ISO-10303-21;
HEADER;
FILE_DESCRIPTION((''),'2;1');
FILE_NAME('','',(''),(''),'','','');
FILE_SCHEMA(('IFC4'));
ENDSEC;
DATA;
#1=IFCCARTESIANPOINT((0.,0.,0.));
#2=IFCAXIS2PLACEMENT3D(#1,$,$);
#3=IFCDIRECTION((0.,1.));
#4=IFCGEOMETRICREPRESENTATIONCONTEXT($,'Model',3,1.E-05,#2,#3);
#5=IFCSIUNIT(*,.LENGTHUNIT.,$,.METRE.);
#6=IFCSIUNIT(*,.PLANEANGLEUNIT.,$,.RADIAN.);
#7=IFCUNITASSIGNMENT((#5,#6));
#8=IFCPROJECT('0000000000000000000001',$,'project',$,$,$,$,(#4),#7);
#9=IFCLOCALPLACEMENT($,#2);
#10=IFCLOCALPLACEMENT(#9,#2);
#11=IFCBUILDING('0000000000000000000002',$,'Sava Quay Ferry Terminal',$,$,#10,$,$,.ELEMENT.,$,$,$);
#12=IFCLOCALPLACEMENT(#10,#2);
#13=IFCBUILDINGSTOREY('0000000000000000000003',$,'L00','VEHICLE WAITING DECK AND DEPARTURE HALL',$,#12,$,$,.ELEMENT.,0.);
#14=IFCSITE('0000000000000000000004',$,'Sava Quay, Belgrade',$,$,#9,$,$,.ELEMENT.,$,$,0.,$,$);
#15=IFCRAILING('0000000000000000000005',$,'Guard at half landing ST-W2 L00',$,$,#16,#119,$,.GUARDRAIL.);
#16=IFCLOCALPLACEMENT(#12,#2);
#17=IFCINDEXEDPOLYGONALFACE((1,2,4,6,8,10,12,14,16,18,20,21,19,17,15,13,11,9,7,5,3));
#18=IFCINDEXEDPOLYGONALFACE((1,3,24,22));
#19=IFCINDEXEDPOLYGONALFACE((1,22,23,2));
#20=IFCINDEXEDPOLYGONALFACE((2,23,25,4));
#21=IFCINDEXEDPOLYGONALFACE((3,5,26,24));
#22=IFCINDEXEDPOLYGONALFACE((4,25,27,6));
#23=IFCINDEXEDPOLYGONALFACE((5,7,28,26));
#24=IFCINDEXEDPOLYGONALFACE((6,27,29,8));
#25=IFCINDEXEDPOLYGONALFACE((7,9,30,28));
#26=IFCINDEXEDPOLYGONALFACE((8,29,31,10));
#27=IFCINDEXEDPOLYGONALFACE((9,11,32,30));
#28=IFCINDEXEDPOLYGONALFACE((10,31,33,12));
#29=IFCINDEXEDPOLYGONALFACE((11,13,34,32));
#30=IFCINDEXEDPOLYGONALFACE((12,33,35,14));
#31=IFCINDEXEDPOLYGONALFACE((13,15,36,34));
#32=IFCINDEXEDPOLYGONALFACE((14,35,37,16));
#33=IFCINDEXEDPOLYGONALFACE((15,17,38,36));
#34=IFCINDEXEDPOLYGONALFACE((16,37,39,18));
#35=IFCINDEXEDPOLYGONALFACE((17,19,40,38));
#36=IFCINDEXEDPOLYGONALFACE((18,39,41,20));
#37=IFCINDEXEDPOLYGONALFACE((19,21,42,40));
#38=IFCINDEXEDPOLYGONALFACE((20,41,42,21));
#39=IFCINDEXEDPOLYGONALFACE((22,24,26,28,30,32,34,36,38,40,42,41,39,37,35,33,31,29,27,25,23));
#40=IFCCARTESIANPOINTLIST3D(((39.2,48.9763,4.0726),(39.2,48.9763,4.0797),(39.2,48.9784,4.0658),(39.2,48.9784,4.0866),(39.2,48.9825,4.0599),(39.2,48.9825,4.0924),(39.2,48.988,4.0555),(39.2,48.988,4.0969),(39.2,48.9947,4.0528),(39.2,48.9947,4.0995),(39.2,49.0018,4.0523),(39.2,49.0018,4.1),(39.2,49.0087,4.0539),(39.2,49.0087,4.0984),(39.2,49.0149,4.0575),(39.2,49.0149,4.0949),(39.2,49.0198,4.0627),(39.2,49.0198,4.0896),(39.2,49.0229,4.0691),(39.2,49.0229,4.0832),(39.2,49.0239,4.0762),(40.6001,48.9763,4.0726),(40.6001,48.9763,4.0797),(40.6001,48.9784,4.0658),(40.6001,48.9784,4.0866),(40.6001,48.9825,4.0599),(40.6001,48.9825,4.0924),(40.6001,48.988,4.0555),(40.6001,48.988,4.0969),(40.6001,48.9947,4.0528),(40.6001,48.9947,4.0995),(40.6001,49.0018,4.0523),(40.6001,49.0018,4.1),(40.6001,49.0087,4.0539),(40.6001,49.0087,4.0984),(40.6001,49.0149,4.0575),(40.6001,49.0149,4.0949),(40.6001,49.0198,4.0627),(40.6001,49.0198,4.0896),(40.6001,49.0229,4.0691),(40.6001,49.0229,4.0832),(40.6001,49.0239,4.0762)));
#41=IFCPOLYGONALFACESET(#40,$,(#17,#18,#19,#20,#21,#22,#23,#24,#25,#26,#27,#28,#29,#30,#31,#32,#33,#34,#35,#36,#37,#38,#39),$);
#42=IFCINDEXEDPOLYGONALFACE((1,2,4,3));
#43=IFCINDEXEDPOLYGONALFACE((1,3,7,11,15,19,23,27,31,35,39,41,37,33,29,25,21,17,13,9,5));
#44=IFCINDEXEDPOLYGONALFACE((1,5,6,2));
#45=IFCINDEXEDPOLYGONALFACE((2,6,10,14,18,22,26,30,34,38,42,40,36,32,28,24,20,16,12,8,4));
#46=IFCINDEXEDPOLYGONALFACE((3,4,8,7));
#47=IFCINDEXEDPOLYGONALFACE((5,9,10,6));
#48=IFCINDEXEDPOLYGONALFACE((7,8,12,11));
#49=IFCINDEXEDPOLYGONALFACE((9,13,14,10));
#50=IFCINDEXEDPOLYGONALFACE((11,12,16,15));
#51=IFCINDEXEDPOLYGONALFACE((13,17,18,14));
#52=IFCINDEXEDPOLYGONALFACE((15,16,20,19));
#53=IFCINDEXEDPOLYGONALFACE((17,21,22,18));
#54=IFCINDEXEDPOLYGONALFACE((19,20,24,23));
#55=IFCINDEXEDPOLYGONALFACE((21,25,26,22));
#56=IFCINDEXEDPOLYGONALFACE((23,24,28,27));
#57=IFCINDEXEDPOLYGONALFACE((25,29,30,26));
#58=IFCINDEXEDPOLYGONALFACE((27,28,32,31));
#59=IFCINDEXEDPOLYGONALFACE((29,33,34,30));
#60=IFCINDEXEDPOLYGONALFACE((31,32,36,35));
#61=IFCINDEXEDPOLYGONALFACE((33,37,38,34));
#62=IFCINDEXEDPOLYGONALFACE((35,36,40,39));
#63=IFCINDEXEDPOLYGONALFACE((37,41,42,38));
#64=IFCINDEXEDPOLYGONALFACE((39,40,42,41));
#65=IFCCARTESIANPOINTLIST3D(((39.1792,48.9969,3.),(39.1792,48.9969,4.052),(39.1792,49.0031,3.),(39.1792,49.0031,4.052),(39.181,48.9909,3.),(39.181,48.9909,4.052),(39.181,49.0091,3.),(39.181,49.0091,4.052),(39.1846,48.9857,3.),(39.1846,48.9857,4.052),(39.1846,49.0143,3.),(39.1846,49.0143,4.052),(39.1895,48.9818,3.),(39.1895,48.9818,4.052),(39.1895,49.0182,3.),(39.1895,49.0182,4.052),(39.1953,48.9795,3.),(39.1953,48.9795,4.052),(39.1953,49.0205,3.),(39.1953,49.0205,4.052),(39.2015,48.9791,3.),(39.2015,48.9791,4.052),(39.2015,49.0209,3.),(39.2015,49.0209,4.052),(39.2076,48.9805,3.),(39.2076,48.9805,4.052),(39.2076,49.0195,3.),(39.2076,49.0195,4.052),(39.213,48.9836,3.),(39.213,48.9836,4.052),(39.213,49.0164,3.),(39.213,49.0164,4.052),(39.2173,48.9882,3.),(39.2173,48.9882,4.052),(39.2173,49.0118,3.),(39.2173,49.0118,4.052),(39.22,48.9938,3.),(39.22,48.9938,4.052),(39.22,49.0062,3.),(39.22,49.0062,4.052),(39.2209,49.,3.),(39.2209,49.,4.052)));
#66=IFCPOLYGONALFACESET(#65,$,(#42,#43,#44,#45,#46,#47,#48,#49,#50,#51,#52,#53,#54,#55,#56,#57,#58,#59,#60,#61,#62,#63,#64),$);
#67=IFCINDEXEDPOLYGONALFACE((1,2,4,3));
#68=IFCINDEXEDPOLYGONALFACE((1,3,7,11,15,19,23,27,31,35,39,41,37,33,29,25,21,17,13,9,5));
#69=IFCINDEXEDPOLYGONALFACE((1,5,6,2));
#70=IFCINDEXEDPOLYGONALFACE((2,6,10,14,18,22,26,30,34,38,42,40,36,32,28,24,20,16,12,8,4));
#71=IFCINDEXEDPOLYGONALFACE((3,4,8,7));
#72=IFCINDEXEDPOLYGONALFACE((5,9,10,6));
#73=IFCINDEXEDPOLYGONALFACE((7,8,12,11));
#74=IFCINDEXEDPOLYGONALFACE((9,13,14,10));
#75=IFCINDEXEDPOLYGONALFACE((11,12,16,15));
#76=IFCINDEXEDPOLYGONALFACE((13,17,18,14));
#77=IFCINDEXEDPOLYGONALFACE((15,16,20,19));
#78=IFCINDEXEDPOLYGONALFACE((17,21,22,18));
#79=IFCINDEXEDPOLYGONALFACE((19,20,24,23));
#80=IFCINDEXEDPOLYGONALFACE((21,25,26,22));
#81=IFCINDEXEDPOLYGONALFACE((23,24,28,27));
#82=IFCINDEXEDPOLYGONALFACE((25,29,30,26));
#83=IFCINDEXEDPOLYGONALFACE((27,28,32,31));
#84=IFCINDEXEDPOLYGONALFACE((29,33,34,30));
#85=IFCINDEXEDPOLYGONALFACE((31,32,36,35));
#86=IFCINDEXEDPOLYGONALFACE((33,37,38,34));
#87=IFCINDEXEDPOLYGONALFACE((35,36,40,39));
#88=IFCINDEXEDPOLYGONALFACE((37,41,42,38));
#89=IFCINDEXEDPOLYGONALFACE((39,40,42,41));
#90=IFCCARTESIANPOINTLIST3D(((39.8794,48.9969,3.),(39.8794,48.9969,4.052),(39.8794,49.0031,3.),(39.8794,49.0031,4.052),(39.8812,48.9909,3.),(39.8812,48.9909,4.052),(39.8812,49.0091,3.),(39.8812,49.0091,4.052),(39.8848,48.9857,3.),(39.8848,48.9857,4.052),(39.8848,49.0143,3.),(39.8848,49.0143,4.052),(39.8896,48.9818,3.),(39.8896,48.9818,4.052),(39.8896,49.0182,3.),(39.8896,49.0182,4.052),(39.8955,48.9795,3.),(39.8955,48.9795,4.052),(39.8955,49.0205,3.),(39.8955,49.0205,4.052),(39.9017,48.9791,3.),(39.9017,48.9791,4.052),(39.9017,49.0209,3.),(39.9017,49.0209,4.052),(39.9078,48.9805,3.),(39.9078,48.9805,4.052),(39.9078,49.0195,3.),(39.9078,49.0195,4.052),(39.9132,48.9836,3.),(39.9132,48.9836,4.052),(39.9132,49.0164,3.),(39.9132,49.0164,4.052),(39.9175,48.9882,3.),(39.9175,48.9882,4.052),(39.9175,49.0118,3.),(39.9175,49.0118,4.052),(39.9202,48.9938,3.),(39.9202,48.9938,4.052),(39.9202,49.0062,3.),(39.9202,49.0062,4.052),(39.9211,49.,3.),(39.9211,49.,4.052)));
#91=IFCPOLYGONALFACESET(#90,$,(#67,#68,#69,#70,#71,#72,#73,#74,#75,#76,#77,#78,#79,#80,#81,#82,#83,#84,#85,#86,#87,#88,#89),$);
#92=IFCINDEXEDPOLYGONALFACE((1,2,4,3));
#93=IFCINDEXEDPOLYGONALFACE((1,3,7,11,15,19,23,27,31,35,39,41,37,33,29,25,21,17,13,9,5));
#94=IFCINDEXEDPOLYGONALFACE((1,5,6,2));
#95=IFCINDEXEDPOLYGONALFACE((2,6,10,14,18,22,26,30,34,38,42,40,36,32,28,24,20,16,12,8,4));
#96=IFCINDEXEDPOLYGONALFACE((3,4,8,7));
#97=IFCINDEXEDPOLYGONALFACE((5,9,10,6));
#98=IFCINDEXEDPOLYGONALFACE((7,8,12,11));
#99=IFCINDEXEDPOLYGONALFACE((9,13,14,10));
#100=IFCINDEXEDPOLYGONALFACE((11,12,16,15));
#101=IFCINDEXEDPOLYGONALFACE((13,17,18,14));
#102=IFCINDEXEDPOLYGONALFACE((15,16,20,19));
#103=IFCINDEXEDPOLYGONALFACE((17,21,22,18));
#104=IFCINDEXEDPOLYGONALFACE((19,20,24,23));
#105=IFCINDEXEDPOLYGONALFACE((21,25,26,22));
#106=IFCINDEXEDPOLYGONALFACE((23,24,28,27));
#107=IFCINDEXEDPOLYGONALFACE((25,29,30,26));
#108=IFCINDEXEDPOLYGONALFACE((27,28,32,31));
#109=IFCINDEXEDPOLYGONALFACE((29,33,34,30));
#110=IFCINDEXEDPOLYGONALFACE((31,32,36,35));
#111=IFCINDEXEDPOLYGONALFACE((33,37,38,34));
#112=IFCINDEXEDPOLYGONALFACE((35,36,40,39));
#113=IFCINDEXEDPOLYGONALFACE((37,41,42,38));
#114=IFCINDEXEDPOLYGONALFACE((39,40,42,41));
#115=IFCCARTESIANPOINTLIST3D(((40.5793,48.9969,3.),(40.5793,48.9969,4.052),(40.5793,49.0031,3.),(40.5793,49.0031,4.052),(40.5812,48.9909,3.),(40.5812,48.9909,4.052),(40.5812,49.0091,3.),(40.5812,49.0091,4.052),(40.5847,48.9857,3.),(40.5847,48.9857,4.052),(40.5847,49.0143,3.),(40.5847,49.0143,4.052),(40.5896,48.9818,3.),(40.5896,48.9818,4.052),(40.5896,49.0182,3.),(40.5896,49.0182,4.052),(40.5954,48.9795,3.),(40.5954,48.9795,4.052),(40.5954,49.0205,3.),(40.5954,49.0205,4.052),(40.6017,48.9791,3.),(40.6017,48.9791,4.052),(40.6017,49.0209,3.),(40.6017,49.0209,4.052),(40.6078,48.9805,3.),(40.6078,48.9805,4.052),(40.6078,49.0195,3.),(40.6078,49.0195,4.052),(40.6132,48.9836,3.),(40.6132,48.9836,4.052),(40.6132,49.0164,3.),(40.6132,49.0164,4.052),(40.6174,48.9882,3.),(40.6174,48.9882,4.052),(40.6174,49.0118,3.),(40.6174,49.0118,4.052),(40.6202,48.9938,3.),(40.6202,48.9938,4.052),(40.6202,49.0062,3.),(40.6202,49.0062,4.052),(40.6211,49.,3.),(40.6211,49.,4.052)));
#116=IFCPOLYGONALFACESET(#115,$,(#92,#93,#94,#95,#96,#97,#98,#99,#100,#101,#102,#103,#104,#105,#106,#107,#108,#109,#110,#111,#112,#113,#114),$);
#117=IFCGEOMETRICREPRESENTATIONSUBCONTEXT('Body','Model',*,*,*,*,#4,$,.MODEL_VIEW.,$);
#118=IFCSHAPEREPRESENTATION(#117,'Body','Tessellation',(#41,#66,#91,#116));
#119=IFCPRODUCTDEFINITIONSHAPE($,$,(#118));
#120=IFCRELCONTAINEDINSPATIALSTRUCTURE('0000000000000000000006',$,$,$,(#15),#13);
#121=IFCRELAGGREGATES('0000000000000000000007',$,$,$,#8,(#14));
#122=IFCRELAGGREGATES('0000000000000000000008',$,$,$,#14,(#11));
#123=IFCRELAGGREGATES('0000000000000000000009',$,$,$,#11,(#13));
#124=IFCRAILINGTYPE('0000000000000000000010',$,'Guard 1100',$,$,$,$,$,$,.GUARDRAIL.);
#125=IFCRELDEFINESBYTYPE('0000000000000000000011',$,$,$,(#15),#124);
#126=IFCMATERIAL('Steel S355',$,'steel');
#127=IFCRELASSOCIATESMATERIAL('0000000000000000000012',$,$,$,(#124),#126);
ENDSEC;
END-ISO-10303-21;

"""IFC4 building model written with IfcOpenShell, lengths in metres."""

from ifc_helpers import new_model, si_unit, direction, frame, origin, origin_2d, place, context, subcontext, project, spatial, circle, extrude, material, type_object, element, save


model = new_model("IFC4")

# Units and contexts
model_context = context("Model", 3, precision=1e-05, world=origin(), true_north=direction((0.0, 1.0)))
body_context = subcontext(model_context, "Body", "Model", "MODEL_VIEW")
ifc_project = project(units=[si_unit("LENGTHUNIT", "METRE"), si_unit("PLANEANGLEUNIT", "RADIAN")], contexts=[model_context])

# Site, building, storey
site_placement = place(None, origin())
site = spatial("IfcSite", under=ifc_project, at=site_placement, Name="Sava Quay, Belgrade", CompositionType="ELEMENT", RefElevation=0.0)
building_placement = place(site_placement, origin())
building = spatial("IfcBuilding", under=site, at=building_placement, Name="Sava Quay Ferry Terminal", CompositionType="ELEMENT")
storey_placement = place(building_placement, origin())
storey = spatial("IfcBuildingStorey", under=building, at=storey_placement, Name="L00", Description="VEHICLE WAITING DECK AND DEPARTURE HALL", CompositionType="ELEMENT", Elevation=0.0)

# Railing
ifc_material_1 = material(Name="Steel S355", Category="steel")
railing_type_1 = type_object("IfcRailingType", Name="Guard 1100", PredefinedType="GUARDRAIL", material=ifc_material_1)
railing_1_placement = place(storey_placement, frame((39.2, 49.0, 3.0)))
element("IfcRailing", 1, at=railing_1_placement, inside=storey, type_object=railing_type_1, Name="Guard at half landing ST-W2 L00", PredefinedType="GUARDRAIL", context=body_context, shape_type="SweptSolid", body=[
    extrude(circle(Radius=0.0239, at=origin_2d()), frame((0.0, 0.0, 1.0762), z_axis=(1.0, 0.0, 0.0), x_axis=(0.0, 1.0, 0.0)), (0.0, 0.0, 1.0), 1.4001),
    extrude(circle(Radius=0.021, at=origin_2d()), origin(), (0.0, 0.0, 1.0), 1.052),
    extrude(circle(Radius=0.021, at=origin_2d()), frame((0.7002, 0.0, 0.0)), (0.0, 0.0, 1.0), 1.052),
    extrude(circle(Radius=0.021, at=origin_2d()), frame((1.4001, 0.0, 0.0)), (0.0, 0.0, 1.0), 1.052),
])

save(model, "model.ifc")
